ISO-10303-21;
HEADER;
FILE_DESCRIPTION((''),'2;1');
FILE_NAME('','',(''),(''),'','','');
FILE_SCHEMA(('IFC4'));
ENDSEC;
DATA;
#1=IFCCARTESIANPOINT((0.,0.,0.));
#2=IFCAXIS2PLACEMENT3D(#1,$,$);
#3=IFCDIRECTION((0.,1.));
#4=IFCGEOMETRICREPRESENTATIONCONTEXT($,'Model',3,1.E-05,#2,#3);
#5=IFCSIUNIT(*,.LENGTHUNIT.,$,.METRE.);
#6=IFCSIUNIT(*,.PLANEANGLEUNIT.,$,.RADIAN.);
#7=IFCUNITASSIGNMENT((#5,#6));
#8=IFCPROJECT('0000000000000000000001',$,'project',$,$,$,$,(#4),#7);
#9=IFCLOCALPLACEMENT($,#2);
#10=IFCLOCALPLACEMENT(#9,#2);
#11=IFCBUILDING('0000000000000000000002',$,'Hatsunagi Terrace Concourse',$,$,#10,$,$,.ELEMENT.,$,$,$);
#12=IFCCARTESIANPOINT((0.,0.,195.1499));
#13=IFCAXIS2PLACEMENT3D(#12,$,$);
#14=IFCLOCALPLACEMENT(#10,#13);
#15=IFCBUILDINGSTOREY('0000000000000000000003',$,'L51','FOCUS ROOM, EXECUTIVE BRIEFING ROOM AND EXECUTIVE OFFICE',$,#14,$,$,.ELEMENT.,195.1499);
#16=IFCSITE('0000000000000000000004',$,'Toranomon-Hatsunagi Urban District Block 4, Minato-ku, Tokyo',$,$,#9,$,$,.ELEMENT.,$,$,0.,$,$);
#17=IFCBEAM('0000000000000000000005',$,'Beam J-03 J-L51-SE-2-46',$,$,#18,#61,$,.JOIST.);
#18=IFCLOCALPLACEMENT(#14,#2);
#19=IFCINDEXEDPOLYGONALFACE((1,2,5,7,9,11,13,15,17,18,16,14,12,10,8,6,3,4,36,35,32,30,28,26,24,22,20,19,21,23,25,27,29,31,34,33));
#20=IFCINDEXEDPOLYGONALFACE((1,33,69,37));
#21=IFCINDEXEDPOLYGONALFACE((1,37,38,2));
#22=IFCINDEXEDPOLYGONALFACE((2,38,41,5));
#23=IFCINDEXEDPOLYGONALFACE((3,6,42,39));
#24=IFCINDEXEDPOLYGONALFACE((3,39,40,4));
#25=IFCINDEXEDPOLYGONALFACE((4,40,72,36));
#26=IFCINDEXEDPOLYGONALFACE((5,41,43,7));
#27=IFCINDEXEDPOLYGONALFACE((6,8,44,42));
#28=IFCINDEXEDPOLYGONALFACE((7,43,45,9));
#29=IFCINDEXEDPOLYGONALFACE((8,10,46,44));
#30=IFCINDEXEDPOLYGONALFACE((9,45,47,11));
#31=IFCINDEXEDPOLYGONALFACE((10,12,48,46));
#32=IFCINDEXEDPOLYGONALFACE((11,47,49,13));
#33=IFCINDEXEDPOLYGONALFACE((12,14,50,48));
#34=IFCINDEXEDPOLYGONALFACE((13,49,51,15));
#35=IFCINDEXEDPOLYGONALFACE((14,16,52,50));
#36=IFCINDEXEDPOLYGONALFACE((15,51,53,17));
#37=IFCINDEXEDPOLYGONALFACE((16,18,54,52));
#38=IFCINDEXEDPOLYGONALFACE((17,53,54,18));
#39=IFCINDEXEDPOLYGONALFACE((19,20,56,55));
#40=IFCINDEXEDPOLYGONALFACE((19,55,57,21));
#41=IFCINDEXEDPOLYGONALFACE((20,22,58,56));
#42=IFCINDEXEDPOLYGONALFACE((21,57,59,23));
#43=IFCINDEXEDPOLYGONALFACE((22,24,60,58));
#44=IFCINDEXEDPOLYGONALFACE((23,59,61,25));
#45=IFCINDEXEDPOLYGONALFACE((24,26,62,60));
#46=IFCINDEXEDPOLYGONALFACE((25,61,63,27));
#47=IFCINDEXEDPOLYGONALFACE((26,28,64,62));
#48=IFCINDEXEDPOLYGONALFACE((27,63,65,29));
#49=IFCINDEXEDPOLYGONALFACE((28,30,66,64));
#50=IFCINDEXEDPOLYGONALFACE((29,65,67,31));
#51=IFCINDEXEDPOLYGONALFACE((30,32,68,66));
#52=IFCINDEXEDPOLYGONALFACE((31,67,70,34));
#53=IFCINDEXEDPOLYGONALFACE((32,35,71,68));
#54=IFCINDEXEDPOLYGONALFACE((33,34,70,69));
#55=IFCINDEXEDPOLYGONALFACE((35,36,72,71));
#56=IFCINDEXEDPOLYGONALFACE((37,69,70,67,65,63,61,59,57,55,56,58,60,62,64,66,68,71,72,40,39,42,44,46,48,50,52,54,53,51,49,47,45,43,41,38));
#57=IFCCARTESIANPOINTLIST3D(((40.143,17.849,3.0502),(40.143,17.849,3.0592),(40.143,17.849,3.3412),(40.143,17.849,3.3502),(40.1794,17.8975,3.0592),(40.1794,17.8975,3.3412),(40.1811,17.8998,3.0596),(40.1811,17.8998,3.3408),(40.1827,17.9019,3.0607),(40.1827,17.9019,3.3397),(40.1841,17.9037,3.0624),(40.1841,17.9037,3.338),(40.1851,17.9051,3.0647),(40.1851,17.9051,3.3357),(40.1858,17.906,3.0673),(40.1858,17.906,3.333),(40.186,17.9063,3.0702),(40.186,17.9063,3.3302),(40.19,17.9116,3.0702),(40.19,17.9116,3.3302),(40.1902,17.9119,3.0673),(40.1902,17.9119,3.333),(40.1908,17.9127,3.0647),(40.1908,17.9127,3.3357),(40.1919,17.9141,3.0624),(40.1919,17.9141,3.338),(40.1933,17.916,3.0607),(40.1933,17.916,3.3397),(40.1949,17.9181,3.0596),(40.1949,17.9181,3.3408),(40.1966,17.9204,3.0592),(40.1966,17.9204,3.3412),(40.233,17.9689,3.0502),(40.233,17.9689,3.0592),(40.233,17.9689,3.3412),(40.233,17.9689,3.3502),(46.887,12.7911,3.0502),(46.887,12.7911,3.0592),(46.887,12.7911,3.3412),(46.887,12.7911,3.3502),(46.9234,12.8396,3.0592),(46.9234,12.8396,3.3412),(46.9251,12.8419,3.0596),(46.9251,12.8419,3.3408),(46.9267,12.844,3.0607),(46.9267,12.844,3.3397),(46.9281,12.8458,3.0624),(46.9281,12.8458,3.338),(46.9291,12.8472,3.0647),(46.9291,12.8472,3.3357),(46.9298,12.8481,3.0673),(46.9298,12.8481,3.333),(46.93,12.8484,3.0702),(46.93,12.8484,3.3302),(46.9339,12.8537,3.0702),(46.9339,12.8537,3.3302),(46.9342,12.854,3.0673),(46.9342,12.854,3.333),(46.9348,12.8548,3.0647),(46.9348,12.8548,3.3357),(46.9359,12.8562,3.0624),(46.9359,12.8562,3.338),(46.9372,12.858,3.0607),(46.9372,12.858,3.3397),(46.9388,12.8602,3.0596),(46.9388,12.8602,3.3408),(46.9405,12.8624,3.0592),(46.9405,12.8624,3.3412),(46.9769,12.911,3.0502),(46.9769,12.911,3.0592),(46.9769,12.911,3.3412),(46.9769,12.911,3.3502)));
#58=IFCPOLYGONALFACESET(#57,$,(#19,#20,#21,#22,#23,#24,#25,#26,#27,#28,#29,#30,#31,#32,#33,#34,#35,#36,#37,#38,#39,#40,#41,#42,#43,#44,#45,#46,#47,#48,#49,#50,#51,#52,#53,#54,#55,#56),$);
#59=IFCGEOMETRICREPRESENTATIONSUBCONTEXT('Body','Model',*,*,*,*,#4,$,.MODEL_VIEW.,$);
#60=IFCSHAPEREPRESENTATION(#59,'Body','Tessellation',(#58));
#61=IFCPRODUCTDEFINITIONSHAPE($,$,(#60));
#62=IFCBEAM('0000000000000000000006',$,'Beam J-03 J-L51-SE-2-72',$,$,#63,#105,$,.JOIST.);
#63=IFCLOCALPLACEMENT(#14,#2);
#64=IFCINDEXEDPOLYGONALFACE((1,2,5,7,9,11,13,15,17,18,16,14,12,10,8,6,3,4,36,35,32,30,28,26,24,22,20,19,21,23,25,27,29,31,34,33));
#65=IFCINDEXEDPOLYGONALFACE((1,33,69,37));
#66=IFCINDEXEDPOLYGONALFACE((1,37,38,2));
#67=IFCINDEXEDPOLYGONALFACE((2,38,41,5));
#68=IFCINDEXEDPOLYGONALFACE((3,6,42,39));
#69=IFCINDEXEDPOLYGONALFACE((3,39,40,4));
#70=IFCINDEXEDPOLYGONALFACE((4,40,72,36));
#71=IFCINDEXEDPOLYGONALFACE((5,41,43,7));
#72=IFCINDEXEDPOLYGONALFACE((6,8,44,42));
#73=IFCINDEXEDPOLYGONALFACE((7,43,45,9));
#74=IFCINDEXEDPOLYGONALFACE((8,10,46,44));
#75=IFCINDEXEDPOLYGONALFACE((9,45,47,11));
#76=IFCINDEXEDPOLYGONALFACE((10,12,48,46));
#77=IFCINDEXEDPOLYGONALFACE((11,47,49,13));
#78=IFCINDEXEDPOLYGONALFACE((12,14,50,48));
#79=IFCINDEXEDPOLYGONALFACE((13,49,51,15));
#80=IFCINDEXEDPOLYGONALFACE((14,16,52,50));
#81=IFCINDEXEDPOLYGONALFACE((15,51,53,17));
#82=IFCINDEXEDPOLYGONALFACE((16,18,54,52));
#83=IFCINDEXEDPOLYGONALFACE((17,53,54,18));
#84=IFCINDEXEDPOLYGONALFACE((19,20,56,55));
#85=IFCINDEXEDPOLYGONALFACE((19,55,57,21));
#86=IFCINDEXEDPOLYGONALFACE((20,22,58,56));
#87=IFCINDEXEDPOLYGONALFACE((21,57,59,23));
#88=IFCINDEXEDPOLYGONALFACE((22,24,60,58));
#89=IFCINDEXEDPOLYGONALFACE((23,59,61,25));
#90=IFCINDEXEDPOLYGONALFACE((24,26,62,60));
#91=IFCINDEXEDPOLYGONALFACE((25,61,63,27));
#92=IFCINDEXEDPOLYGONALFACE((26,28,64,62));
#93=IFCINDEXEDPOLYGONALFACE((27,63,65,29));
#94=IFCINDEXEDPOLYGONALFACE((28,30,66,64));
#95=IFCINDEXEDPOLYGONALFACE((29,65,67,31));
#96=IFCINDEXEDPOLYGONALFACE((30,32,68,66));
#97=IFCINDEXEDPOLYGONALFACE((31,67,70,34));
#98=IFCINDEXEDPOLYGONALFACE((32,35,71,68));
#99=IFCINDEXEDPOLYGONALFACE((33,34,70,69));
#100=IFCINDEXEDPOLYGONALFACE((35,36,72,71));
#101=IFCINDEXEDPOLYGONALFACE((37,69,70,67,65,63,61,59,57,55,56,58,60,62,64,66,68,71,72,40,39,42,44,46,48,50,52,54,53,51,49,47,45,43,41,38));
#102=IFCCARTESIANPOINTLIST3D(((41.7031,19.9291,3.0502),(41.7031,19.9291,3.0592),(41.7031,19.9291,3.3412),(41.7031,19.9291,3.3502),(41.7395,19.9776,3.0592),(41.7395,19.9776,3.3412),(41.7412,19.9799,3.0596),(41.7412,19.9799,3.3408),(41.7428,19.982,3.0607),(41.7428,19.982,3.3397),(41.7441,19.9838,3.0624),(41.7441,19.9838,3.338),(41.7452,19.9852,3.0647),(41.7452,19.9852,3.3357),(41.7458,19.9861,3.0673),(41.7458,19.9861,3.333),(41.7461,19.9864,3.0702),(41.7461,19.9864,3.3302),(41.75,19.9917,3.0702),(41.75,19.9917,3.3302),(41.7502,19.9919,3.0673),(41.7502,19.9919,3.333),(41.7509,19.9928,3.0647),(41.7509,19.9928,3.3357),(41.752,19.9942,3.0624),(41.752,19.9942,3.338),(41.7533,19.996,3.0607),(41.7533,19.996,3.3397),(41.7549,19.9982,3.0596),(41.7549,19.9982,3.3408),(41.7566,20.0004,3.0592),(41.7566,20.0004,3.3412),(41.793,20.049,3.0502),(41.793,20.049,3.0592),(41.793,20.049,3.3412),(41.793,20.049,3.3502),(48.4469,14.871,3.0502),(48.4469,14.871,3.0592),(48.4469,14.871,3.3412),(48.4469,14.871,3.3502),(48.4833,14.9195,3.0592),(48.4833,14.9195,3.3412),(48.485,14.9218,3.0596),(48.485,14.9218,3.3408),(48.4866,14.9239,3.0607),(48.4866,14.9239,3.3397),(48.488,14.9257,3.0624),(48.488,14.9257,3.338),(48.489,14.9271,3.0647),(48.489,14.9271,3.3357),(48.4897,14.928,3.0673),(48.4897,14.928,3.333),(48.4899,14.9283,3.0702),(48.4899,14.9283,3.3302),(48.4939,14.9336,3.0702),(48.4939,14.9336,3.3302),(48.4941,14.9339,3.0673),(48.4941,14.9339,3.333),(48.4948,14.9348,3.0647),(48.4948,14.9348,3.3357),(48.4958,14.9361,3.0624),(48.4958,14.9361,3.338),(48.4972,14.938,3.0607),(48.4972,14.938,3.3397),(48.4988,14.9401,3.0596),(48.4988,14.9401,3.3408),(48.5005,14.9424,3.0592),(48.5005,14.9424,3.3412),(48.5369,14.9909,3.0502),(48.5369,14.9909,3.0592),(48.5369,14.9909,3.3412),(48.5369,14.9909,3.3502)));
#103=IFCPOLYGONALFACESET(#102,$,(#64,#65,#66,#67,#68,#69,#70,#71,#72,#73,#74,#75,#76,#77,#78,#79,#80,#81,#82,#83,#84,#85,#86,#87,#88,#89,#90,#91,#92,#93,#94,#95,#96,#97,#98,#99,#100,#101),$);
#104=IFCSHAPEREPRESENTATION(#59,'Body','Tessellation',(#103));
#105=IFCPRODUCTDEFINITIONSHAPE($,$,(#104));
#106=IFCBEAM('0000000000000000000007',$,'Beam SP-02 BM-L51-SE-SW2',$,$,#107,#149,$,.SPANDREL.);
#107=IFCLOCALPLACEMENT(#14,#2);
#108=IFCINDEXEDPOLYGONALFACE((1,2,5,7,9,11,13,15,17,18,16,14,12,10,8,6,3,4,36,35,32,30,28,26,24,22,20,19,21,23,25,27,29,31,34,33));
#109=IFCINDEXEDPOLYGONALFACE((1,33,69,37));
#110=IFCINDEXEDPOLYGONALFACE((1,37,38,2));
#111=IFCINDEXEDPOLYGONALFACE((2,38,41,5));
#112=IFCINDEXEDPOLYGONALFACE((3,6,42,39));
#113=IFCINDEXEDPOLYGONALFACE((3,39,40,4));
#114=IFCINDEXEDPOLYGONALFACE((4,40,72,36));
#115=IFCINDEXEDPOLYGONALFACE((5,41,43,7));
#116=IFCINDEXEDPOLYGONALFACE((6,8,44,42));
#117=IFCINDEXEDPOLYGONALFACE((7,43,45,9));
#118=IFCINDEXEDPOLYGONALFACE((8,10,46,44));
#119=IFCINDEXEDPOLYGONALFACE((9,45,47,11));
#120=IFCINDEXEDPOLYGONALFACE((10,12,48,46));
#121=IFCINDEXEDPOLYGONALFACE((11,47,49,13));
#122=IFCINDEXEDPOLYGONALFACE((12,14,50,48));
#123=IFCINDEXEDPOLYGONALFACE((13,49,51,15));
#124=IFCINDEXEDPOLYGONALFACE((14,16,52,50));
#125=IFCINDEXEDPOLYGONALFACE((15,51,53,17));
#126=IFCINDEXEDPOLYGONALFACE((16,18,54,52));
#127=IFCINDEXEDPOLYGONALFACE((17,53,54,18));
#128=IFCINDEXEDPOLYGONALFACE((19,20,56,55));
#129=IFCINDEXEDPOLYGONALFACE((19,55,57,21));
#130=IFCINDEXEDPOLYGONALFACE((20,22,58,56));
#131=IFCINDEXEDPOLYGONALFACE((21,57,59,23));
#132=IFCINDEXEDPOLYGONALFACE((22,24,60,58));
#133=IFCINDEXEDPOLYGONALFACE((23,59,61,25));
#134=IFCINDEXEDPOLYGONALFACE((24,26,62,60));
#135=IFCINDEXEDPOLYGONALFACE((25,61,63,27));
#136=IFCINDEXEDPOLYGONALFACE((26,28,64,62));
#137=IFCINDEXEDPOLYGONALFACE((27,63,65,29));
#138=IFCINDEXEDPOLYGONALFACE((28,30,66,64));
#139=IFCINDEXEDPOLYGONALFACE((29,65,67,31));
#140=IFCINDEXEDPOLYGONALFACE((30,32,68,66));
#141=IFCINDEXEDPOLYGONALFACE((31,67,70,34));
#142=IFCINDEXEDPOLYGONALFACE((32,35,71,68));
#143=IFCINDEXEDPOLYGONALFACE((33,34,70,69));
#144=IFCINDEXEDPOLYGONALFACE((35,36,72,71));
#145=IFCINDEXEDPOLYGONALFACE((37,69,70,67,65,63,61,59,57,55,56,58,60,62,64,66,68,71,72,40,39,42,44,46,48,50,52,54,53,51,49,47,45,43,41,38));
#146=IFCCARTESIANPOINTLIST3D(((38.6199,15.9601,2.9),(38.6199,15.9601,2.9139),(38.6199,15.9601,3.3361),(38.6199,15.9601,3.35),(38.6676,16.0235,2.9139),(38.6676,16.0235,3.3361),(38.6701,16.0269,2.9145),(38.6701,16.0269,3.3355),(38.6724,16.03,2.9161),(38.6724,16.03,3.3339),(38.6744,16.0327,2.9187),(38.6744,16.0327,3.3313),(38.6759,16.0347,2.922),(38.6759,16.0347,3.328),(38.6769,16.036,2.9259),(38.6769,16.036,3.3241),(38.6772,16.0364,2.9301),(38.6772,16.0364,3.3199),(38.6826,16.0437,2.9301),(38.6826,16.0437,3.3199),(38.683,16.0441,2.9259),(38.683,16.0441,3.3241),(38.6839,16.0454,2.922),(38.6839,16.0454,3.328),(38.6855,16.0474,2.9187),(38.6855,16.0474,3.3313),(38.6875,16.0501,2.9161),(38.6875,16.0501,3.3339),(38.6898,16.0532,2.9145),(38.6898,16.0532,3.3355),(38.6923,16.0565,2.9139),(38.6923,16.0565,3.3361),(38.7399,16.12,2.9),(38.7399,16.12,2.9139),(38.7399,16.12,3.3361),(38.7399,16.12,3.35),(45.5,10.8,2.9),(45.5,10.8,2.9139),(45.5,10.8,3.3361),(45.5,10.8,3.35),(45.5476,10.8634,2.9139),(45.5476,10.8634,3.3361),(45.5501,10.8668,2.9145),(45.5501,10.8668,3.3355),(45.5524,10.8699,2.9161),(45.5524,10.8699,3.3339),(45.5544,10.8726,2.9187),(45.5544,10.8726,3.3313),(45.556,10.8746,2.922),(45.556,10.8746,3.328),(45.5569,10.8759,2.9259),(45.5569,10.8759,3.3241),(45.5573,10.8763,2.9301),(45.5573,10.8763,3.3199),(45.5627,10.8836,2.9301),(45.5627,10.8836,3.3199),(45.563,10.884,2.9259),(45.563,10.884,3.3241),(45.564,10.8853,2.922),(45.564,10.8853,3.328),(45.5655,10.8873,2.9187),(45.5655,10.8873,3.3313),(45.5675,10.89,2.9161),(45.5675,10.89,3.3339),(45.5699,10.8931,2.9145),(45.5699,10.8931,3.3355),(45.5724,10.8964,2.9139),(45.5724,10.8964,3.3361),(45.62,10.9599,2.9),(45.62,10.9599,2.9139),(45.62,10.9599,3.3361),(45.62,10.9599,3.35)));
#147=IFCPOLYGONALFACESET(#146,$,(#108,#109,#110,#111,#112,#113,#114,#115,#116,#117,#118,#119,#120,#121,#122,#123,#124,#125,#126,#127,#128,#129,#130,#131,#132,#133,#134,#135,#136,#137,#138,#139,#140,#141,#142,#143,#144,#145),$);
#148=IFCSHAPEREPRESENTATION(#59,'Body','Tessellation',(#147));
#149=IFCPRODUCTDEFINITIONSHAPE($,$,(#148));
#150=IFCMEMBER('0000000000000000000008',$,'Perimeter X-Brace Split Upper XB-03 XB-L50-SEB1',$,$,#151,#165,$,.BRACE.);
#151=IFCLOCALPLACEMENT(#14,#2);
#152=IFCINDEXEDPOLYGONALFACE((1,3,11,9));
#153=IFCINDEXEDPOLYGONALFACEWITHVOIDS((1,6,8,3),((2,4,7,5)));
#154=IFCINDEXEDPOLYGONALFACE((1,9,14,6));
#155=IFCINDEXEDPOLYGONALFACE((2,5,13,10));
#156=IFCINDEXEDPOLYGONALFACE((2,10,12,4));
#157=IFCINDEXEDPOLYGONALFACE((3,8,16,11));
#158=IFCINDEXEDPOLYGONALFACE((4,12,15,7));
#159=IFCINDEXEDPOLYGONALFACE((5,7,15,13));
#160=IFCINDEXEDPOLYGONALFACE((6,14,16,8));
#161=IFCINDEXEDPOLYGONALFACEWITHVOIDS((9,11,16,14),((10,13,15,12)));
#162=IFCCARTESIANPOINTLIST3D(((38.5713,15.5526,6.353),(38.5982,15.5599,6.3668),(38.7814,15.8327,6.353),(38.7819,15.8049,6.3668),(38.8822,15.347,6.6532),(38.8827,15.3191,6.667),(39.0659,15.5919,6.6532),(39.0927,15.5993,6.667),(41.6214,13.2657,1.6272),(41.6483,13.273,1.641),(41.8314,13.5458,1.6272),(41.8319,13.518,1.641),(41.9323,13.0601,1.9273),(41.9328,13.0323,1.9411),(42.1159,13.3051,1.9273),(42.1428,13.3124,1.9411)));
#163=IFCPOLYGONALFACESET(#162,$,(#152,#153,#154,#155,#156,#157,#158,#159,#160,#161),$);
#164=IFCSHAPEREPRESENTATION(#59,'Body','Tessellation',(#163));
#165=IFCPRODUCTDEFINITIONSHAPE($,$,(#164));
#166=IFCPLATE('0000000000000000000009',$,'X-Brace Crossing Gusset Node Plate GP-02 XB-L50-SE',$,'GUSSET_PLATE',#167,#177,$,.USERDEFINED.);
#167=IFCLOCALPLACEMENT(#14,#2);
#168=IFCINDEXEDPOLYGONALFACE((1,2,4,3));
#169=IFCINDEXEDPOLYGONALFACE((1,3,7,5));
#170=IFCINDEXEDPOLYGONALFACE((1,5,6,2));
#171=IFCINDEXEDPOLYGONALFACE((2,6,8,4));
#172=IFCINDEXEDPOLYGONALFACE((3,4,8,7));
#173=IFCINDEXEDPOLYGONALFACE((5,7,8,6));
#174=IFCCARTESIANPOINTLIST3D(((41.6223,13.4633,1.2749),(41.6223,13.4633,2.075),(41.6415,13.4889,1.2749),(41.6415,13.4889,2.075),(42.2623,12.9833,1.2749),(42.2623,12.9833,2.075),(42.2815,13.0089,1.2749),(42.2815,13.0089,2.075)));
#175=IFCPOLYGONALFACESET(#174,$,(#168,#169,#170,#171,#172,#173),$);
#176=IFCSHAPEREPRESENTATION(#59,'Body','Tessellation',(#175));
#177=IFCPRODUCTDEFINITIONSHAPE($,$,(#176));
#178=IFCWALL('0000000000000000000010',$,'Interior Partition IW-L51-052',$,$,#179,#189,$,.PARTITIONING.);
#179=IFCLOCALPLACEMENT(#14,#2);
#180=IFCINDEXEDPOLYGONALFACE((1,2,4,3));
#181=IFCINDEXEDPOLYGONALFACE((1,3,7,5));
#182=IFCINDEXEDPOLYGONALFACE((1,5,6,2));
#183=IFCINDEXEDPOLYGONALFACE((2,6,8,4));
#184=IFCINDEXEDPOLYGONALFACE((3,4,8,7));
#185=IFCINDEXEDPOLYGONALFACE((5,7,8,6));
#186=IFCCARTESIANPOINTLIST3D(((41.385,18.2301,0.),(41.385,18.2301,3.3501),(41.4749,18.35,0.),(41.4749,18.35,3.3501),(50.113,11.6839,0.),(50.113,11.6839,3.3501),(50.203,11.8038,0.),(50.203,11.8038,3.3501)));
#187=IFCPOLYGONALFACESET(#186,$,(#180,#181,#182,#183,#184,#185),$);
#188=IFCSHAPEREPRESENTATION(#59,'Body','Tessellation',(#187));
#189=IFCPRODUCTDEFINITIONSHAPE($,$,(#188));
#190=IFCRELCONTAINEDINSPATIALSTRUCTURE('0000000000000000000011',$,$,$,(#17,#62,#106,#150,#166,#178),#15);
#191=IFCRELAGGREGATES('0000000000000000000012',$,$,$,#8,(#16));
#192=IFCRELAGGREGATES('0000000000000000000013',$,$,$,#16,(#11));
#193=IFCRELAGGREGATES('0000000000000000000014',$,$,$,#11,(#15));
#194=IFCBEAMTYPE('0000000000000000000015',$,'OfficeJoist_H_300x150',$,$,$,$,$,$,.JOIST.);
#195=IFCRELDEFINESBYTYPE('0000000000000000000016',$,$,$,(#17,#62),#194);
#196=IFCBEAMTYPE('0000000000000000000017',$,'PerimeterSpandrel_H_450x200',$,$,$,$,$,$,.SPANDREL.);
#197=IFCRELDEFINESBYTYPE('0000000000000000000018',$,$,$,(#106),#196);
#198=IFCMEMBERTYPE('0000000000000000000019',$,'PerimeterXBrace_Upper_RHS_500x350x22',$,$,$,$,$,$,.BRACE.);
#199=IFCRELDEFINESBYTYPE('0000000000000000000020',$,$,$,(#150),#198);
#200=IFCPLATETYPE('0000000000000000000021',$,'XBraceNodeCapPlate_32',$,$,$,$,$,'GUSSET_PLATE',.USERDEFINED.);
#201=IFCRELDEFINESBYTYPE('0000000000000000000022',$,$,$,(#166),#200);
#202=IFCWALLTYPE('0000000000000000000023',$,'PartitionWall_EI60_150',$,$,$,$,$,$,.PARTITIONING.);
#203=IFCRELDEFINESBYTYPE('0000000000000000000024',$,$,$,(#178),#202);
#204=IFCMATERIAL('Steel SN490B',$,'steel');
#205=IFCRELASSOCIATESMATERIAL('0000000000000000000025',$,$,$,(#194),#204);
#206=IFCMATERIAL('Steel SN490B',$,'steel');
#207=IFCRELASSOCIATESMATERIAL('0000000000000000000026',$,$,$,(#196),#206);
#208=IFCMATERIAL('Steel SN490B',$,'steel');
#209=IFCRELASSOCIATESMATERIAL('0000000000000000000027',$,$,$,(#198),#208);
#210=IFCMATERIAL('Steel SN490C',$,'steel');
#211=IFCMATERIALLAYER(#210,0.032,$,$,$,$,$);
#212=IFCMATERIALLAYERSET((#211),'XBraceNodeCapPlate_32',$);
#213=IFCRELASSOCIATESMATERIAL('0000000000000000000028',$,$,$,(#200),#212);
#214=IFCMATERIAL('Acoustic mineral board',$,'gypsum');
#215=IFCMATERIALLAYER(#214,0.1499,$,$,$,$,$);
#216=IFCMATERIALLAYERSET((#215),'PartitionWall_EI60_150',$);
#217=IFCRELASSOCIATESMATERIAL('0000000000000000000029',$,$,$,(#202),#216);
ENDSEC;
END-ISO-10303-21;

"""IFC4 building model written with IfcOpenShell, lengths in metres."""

from ifc_helpers import new_model, si_unit, direction, frame, frame_2d, origin, origin_2d, place, context, subcontext, project, spatial, rectangle, hollow_rectangle, i_section, extrude, material, layer, layer_set, material_profile, profile_set, type_object, element, save


model = new_model("IFC4")

# Units and contexts
model_context = context("Model", 3, precision=1e-05, world=origin(), true_north=direction((0.0, 1.0)))
body_context = subcontext(model_context, "Body", "Model", "MODEL_VIEW")
ifc_project = project(units=[si_unit("LENGTHUNIT", "METRE"), si_unit("PLANEANGLEUNIT", "RADIAN")], contexts=[model_context])

# Site, building, storey
site_placement = place(None, origin())
site = spatial("IfcSite", under=ifc_project, at=site_placement, Name="Toranomon-Hatsunagi Urban District Block 4, Minato-ku, Tokyo", CompositionType="ELEMENT", RefElevation=0.0)
building_placement = place(site_placement, origin())
building = spatial("IfcBuilding", under=site, at=building_placement, Name="Hatsunagi Terrace Concourse", CompositionType="ELEMENT")
storey_placement = place(building_placement, frame((0.0, 0.0, 195.1499)))
storey = spatial("IfcBuildingStorey", under=building, at=storey_placement, Name="L51", Description="FOCUS ROOM, EXECUTIVE BRIEFING ROOM AND EXECUTIVE OFFICE", CompositionType="ELEMENT", Elevation=195.1499)

# Beams
ifc_material_1 = material(Name="Steel SN490B", Category="steel")
ifc_material_profile_1 = material_profile(ifc_material_1, i_section(OverallWidth=0.1499, OverallDepth=0.3, WebThickness=0.0066, FlangeThickness=0.009, FilletRadius=0.011, at=origin_2d()), Name="H-300x150x6.5x9")
ifc_profile_set_1 = profile_set([ifc_material_profile_1], Name="Steel SN490B")
beam_type_1 = type_object("IfcBeamType", Name="OfficeJoist_H_300x150", PredefinedType="JOIST", material=ifc_profile_set_1)
for number, where, z_axis, x_axis, name in (
    (1, (40.188, 17.9089, 3.2002), (0.800003, -0.599995, 0.0), (0.599995, 0.800003, 0.0), "Beam J-03 J-L51-SE-2-46"),
    (2, (41.748, 19.989, 3.2002), (0.79999, -0.600014, 0.0), (0.600014, 0.79999, 0.0), "Beam J-03 J-L51-SE-2-72"),
):
    element("IfcBeam", number, at=place(storey_placement, frame(where, z_axis=z_axis, x_axis=x_axis)), inside=storey, type_object=beam_type_1, Name=name, PredefinedType="JOIST", context=body_context, shape_type="SweptSolid", body=[
        extrude(i_section(OverallWidth=0.1499, OverallDepth=0.3, WebThickness=0.0066, FlangeThickness=0.009, FilletRadius=0.011, at=origin_2d()), origin(), (0.0, 0.0, 1.0), 8.4299),
    ])
ifc_material_2 = material(Name="Steel SN490B", Category="steel")
ifc_material_profile_2 = material_profile(ifc_material_2, i_section(OverallWidth=0.2, OverallDepth=0.45, WebThickness=0.009, FlangeThickness=0.0139, FilletRadius=0.0161, at=origin_2d()), Name="H-450x200x9x14")
ifc_profile_set_2 = profile_set([ifc_material_profile_2], Name="Steel SN490B")
beam_type_2 = type_object("IfcBeamType", Name="PerimeterSpandrel_H_450x200", PredefinedType="SPANDREL", material=ifc_profile_set_2)
beam_1_placement = place(storey_placement, frame((38.6799, 16.04, 3.125), z_axis=(0.799997, -0.600005, 0.0), x_axis=(0.600005, 0.799997, 0.0)))
element("IfcBeam", 3, at=beam_1_placement, inside=storey, type_object=beam_type_2, Name="Beam SP-02 BM-L51-SE-SW2", PredefinedType="SPANDREL", context=body_context, shape_type="SweptSolid", body=[
    extrude(i_section(OverallWidth=0.2, OverallDepth=0.45, WebThickness=0.009, FlangeThickness=0.0139, FilletRadius=0.0161, at=origin_2d()), origin(), (0.0, 0.0, 1.0), 8.6001),
])

# Member
ifc_material_3 = material(Name="Steel SN490B", Category="steel")
ifc_material_profile_3 = material_profile(ifc_material_3, hollow_rectangle(XDim=0.3501, YDim=0.5, WallThickness=0.022, at=origin_2d()), Name="RHS-500x350x22")
ifc_profile_set_3 = profile_set([ifc_material_profile_3], Name="Steel SN490B")
member_type_1 = type_object("IfcMemberType", Name="PerimeterXBrace_Upper_RHS_500x350x22", PredefinedType="BRACE", material=ifc_profile_set_3)
member_1_placement = place(storey_placement, frame((38.832, 15.5759, 6.51), z_axis=(0.502335, -0.376641, -0.778332), x_axis=(0.599887, 0.800085, 0.0)))
element("IfcMember", 4, at=member_1_placement, inside=storey, type_object=member_type_1, Name="Perimeter X-Brace Split Upper XB-03 XB-L50-SEB1", PredefinedType="BRACE", context=body_context, shape_type="SweptSolid", body=[
    extrude(hollow_rectangle(XDim=0.3501, YDim=0.5, WallThickness=0.022, at=origin_2d()), origin(), (0.0, 0.0, 1.0), 6.0718),
])

# Plate
ifc_material_4 = material(Name="Steel SN490C", Category="steel")
ifc_layer_1 = layer(ifc_material_4, 0.032)
ifc_layer_set_1 = layer_set([ifc_layer_1], Name="XBraceNodeCapPlate_32")
plate_type = type_object("IfcPlateType", Name="XBraceNodeCapPlate_32", ElementType="GUSSET_PLATE", PredefinedType="USERDEFINED", material=ifc_layer_set_1)
plate_placement = place(storey_placement, frame((41.9519, 13.2361, 1.2749), z_axis=(0.0, 0.0, 1.0), x_axis=(0.8, -0.6, 0.0)))
element("IfcPlate", 5, at=plate_placement, inside=storey, type_object=plate_type, Name="X-Brace Crossing Gusset Node Plate GP-02 XB-L50-SE", ObjectType="GUSSET_PLATE", PredefinedType="USERDEFINED", context=body_context, shape_type="SweptSolid", body=[
    extrude(rectangle(XDim=0.8, YDim=0.032, at=origin_2d()), origin(), (0.0, 0.0, 1.0), 0.8),
])

# Wall
ifc_material_5 = material(Name="Acoustic mineral board", Category="gypsum")
ifc_layer_2 = layer(ifc_material_5, 0.1499)
ifc_layer_set_2 = layer_set([ifc_layer_2], Name="PartitionWall_EI60_150")
wall_type_1 = type_object("IfcWallType", Name="PartitionWall_EI60_150", PredefinedType="PARTITIONING", material=ifc_layer_set_2)
for number, where, z_axis, x_axis, name in (
    (6, (41.4299, 18.29, 0.0), (0.0, 0.0, 1.0), (0.799995, -0.600007, 0.0), "Interior Partition IW-L51-052"),
):
    element("IfcWall", number, at=place(storey_placement, frame(where, z_axis=z_axis, x_axis=x_axis)), inside=storey, type_object=wall_type_1, Name=name, PredefinedType="PARTITIONING", context=body_context, shape_type="SweptSolid", body=[
        extrude(rectangle(XDim=10.9102, YDim=0.1499, at=frame_2d((5.4551, 0.0))), origin(), (0.0, 0.0, 1.0), 3.3501),
    ])

save(model, "model.ifc")
